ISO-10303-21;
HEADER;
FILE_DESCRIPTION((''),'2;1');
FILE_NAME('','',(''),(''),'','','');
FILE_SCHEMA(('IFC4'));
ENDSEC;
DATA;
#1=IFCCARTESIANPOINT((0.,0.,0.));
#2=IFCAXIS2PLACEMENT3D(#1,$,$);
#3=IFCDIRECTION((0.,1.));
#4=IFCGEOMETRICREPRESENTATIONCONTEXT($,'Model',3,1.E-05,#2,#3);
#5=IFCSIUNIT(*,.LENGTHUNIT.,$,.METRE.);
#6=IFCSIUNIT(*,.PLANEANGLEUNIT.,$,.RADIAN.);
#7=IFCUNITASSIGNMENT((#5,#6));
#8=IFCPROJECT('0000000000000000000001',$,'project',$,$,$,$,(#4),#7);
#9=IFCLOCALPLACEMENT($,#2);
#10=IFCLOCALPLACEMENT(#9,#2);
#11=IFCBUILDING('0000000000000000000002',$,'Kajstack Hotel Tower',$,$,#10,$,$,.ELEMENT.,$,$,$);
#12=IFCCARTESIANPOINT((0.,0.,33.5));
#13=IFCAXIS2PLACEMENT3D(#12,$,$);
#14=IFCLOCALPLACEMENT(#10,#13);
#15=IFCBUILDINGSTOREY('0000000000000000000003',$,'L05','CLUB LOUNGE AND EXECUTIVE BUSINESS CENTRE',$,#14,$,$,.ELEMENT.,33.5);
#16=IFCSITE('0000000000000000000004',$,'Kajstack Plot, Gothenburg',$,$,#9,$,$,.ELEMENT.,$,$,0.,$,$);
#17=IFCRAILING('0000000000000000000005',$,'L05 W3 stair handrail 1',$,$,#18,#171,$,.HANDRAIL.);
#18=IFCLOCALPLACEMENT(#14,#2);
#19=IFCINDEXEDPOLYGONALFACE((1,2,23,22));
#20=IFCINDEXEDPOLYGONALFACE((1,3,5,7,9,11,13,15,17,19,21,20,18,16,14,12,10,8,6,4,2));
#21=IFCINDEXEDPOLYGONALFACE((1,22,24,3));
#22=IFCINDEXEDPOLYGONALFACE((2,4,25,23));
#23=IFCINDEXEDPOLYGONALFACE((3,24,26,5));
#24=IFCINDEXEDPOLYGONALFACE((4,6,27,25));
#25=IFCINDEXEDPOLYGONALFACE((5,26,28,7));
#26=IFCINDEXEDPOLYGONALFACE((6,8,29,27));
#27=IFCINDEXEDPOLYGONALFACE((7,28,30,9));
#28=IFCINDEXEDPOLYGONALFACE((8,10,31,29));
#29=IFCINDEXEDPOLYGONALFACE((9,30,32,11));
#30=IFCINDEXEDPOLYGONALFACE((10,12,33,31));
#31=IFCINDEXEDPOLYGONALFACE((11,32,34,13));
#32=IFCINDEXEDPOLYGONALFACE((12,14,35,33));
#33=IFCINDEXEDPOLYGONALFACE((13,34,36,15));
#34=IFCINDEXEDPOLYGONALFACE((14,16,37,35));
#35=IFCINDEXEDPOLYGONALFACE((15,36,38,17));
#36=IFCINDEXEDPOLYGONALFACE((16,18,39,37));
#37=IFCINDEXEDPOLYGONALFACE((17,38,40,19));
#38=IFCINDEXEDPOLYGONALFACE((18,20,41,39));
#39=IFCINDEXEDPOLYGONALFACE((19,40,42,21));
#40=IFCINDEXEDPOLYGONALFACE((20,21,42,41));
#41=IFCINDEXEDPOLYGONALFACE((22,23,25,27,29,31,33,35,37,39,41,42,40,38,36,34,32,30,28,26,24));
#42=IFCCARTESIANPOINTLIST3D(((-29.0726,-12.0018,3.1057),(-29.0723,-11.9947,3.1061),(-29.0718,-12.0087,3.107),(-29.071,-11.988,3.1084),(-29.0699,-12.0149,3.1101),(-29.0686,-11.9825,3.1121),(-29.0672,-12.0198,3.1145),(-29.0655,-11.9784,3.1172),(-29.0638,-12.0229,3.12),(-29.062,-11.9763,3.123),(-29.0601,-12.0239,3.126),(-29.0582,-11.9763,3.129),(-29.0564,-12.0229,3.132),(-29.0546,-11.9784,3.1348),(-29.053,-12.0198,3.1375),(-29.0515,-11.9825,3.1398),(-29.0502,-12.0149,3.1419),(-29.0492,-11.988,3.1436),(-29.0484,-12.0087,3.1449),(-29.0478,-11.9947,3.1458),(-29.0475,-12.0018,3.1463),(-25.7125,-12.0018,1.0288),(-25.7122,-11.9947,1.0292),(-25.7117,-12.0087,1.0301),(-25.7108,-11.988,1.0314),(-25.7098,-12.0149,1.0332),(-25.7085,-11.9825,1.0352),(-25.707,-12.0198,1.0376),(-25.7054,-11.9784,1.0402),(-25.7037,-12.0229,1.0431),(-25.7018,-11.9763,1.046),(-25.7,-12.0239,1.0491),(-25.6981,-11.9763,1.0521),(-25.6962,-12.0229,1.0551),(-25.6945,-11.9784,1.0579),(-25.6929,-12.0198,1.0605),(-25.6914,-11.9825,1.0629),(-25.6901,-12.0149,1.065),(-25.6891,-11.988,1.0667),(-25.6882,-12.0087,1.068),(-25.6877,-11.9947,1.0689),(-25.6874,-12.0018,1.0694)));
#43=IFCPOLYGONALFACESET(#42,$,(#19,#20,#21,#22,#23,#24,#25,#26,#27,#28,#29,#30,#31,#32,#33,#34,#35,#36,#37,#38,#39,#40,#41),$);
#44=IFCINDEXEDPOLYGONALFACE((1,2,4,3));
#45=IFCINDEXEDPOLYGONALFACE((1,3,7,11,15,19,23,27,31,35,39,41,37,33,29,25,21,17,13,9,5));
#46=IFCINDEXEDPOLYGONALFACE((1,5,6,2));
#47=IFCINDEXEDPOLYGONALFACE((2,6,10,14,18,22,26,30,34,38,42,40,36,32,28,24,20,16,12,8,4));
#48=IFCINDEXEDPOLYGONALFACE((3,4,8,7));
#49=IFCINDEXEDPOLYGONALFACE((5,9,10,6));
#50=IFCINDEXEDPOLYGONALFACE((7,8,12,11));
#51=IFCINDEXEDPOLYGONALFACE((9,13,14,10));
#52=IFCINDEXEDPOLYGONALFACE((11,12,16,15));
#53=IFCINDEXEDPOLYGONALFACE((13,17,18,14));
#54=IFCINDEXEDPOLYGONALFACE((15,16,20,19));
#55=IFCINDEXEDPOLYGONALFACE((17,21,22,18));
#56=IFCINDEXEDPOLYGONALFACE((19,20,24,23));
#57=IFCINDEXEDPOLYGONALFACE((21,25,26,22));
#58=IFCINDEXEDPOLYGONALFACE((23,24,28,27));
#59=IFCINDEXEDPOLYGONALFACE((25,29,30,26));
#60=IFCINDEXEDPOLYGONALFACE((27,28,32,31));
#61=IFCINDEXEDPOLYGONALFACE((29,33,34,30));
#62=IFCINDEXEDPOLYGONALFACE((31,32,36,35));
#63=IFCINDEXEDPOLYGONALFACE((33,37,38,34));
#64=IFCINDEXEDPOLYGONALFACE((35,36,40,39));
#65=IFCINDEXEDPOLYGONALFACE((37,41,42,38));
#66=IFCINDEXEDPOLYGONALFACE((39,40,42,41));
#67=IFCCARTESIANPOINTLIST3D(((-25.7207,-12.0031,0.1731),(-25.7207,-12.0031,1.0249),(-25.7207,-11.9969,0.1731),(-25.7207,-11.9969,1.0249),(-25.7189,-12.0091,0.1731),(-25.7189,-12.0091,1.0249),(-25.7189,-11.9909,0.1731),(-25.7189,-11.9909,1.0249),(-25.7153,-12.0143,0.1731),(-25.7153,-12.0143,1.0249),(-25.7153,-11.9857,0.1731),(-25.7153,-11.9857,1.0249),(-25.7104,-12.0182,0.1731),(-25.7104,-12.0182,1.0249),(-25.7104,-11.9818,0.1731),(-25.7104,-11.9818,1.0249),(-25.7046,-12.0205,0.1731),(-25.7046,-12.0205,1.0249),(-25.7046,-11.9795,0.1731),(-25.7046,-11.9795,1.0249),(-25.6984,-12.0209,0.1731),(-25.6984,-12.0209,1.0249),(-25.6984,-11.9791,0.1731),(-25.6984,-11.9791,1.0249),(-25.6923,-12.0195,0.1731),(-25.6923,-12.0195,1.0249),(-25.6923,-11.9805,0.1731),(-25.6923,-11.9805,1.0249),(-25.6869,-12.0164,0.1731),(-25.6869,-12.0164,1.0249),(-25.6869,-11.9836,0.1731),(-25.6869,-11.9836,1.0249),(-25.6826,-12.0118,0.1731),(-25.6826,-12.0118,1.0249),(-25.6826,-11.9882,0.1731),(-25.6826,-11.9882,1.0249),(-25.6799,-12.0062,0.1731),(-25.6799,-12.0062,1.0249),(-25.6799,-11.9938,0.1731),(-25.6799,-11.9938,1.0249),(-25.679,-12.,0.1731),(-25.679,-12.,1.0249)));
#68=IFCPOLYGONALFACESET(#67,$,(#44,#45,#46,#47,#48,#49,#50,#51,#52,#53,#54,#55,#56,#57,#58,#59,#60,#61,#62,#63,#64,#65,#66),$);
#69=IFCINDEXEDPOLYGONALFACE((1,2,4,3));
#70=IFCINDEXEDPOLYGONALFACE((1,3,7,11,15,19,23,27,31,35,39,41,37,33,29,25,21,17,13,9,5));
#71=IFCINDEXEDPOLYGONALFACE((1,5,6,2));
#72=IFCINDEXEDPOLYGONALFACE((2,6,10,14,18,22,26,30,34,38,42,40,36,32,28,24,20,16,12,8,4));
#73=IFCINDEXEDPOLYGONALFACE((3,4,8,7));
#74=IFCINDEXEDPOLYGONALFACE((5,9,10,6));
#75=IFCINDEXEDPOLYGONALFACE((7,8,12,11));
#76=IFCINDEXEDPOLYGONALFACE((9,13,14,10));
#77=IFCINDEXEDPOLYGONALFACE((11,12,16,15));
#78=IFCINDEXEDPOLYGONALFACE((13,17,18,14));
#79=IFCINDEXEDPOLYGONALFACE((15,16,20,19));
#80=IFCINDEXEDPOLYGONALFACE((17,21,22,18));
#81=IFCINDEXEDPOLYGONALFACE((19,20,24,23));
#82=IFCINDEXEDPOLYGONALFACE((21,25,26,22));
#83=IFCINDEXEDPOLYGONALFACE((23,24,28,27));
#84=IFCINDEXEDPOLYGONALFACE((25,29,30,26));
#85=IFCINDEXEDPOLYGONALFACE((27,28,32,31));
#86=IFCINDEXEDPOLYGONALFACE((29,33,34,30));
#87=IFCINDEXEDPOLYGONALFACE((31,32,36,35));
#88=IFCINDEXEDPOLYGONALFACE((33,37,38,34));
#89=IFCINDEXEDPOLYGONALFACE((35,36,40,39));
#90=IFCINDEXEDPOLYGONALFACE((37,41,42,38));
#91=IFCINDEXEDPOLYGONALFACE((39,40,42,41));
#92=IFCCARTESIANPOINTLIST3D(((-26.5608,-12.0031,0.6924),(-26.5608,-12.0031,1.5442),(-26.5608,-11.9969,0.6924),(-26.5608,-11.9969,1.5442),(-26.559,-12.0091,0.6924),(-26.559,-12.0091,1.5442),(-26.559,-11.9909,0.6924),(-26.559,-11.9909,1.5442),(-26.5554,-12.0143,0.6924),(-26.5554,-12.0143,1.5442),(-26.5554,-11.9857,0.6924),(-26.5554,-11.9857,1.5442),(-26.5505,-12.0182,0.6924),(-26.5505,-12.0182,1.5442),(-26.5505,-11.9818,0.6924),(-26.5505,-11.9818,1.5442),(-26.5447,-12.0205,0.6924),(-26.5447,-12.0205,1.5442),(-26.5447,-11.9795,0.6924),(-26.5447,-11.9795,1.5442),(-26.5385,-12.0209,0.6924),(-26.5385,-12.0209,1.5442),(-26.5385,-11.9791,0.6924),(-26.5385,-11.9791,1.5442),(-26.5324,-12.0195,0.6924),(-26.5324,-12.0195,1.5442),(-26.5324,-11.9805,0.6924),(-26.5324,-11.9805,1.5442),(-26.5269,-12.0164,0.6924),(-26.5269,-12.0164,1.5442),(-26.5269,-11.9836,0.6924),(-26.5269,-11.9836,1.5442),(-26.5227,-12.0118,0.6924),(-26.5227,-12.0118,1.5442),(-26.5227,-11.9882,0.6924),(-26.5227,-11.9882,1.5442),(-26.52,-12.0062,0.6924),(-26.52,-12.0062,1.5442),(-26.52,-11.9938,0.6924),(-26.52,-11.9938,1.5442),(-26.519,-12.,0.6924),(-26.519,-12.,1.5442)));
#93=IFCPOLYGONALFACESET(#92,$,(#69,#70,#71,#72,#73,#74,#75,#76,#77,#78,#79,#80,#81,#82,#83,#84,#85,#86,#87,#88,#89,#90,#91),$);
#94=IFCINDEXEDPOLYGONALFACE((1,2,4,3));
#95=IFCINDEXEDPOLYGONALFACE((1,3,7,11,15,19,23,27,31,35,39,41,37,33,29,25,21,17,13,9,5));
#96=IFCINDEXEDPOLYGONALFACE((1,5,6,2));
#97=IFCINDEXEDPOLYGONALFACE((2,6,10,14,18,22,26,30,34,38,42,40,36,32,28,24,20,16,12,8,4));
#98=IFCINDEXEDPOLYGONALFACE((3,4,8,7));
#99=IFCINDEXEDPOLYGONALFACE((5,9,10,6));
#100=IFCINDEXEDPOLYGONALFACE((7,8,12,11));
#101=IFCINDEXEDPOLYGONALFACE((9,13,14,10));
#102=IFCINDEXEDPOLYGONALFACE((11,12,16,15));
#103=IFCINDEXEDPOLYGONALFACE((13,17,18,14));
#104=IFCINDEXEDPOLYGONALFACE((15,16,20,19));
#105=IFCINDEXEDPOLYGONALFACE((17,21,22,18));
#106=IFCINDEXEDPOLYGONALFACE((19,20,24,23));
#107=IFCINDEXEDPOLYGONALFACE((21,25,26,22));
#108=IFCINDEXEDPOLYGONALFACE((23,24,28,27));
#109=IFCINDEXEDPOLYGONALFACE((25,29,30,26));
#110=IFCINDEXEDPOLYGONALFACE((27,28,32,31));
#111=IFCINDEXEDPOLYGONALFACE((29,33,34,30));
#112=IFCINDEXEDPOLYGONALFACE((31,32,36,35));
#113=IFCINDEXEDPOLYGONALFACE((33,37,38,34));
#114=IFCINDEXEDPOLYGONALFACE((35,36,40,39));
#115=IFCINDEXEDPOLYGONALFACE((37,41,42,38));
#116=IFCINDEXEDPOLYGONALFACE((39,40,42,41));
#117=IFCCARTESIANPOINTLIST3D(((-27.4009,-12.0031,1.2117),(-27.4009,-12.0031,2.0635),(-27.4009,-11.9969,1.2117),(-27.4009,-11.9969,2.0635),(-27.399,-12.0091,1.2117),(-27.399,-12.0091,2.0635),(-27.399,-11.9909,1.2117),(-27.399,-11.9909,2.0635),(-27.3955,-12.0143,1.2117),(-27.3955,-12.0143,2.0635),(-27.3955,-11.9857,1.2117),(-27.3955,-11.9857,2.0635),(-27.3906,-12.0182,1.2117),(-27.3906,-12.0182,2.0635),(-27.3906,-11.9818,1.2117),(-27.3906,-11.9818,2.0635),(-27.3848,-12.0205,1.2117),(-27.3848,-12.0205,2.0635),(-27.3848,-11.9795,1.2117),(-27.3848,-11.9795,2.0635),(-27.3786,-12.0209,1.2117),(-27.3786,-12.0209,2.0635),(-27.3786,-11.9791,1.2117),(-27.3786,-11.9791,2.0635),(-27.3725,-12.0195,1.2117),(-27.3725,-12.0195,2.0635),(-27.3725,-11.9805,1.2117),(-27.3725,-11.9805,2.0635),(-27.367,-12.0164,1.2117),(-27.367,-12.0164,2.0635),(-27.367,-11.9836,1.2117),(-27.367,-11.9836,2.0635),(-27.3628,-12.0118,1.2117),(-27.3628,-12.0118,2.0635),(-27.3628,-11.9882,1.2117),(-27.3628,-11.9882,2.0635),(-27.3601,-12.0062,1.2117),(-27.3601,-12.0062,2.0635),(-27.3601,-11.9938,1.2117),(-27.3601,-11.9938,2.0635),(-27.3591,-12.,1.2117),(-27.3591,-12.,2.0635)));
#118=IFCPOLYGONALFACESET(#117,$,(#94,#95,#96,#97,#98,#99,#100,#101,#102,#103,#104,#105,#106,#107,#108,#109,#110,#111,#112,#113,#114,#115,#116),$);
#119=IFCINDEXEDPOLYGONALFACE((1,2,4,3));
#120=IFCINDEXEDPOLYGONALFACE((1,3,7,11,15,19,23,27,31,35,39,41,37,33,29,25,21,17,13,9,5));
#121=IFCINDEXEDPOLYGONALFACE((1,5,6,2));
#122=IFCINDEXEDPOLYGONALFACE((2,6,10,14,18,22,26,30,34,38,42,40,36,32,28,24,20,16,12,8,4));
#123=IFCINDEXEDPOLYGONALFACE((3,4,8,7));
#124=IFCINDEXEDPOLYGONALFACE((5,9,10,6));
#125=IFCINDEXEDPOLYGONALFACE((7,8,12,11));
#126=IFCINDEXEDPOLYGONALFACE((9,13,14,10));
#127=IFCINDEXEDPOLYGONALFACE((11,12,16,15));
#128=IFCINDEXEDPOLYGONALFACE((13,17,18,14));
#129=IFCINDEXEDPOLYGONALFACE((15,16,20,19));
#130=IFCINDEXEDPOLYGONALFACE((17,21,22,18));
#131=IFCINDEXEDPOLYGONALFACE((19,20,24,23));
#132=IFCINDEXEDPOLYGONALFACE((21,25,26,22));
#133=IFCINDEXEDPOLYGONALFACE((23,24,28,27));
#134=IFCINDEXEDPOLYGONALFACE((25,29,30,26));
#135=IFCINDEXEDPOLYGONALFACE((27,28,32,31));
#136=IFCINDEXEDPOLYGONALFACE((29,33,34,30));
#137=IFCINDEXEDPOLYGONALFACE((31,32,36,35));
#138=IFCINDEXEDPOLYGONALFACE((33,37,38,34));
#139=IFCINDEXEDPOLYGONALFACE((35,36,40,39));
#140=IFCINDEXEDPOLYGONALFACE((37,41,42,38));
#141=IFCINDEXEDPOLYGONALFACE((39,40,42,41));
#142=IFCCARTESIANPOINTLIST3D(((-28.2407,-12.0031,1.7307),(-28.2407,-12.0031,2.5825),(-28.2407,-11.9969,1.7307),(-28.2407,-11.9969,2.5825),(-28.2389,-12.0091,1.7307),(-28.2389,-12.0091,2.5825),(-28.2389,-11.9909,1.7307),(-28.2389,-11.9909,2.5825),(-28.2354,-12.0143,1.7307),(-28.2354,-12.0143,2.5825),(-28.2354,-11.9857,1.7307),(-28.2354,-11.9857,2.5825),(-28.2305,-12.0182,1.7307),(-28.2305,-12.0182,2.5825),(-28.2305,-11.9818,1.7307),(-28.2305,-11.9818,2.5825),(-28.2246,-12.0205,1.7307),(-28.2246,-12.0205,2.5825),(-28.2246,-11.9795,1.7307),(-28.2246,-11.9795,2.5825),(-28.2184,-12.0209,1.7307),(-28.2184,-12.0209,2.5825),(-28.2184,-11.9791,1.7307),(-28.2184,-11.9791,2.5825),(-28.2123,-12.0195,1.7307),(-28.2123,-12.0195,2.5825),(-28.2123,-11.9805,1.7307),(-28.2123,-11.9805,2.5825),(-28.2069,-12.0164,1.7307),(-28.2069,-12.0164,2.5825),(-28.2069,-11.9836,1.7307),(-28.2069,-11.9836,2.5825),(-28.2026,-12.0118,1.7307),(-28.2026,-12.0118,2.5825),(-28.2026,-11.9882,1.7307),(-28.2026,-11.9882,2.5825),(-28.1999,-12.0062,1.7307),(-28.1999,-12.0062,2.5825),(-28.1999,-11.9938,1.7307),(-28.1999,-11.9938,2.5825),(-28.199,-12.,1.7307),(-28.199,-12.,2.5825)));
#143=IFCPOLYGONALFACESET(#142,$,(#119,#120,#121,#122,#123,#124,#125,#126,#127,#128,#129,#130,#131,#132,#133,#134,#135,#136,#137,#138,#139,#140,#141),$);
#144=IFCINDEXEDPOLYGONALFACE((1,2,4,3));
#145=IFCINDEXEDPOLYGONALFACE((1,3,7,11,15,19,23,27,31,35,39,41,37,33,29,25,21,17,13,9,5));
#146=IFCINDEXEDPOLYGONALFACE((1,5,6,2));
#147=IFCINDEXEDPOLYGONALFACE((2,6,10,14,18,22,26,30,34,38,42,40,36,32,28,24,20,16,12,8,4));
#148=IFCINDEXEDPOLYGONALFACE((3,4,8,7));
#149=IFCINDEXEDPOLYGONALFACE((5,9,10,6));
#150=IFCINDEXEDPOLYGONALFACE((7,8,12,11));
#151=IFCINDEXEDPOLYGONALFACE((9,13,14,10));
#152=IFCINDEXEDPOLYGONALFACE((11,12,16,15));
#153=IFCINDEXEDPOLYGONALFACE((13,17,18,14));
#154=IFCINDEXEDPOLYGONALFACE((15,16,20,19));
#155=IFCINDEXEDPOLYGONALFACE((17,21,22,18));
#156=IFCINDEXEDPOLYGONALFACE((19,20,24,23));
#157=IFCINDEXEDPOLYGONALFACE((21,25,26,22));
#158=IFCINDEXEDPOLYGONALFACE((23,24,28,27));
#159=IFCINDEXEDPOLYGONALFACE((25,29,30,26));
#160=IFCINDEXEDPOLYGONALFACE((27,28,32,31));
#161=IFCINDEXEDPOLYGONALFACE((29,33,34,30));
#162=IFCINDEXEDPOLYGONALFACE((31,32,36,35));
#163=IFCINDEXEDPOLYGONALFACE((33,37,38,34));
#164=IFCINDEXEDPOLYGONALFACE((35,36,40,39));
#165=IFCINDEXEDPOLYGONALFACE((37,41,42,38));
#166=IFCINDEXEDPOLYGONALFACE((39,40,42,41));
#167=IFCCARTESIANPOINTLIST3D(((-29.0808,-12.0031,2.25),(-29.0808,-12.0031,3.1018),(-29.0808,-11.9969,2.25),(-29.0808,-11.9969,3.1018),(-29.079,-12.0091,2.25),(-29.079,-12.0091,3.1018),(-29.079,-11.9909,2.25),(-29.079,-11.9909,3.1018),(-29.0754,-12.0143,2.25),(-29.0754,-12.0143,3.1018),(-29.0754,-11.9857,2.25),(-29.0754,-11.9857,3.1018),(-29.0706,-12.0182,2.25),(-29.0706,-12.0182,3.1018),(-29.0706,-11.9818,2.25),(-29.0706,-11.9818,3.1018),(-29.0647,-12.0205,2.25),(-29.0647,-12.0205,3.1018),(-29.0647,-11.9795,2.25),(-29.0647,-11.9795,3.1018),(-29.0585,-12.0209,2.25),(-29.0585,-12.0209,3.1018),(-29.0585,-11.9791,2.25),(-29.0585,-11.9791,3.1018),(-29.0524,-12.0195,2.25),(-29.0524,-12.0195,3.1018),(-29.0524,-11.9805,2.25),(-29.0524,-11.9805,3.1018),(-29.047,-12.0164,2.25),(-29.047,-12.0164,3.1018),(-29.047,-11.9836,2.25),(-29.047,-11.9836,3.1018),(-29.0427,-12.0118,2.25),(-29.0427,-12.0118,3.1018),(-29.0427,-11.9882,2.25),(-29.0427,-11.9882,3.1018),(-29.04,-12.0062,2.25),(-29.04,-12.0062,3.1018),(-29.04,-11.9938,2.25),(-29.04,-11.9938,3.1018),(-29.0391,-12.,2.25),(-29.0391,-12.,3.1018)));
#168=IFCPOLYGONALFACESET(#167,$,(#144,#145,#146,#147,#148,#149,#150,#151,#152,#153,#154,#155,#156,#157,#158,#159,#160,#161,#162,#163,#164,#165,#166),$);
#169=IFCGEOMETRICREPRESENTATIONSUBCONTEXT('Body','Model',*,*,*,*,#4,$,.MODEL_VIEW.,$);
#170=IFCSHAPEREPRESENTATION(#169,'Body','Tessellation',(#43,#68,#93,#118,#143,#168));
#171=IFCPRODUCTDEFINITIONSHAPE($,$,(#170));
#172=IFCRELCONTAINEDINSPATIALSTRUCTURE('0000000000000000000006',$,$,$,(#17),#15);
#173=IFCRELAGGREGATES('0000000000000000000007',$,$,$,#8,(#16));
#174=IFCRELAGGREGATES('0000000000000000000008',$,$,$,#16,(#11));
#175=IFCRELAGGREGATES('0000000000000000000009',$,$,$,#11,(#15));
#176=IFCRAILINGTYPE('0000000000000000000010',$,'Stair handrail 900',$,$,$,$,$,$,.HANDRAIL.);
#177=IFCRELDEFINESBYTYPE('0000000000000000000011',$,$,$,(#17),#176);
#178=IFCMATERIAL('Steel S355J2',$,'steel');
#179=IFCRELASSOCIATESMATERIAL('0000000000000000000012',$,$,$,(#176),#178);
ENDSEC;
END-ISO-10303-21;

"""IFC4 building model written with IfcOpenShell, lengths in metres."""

from ifc_helpers import new_model, si_unit, direction, frame, origin, origin_2d, place, context, subcontext, project, spatial, circle, extrude, material, type_object, element, save


model = new_model("IFC4")

# Units and contexts
model_context = context("Model", 3, precision=1e-05, world=origin(), true_north=direction((0.0, 1.0)))
body_context = subcontext(model_context, "Body", "Model", "MODEL_VIEW")
ifc_project = project(units=[si_unit("LENGTHUNIT", "METRE"), si_unit("PLANEANGLEUNIT", "RADIAN")], contexts=[model_context])

# Site, building, storey
site_placement = place(None, origin())
site = spatial("IfcSite", under=ifc_project, at=site_placement, Name="Kajstack Plot, Gothenburg", CompositionType="ELEMENT", RefElevation=0.0)
building_placement = place(site_placement, origin())
building = spatial("IfcBuilding", under=site, at=building_placement, Name="Kajstack Hotel Tower", CompositionType="ELEMENT")
storey_placement = place(building_placement, frame((0.0, 0.0, 33.5)))
storey = spatial("IfcBuildingStorey", under=building, at=storey_placement, Name="L05", Description="CLUB LOUNGE AND EXECUTIVE BUSINESS CENTRE", CompositionType="ELEMENT", Elevation=33.5)

# Railing
ifc_material_1 = material(Name="Steel S355J2", Category="steel")
railing_type_1 = type_object("IfcRailingType", Name="Stair handrail 900", PredefinedType="HANDRAIL", material=ifc_material_1)
railing_1_placement = place(storey_placement, frame((-25.7, -12.0, 0.1731)))
element("IfcRailing", 1, at=railing_1_placement, inside=storey, type_object=railing_type_1, Name="L05 W3 stair handrail 1", PredefinedType="HANDRAIL", context=body_context, shape_type="SweptSolid", body=[
    extrude(circle(Radius=0.0239, at=origin_2d()), frame((0.0, 0.0, 0.876), z_axis=(-0.850623, 0.0, 0.525776), x_axis=(0.0, -1.0, 0.0)), (0.0, 0.0, 1.0), 3.9502),
    extrude(circle(Radius=0.021, at=origin_2d()), origin(), (0.0, 0.0, 1.0), 0.8518),
    extrude(circle(Radius=0.021, at=origin_2d()), frame((-0.8401, 0.0, 0.5193)), (0.0, 0.0, 1.0), 0.8518),
    extrude(circle(Radius=0.021, at=origin_2d()), frame((-1.6802, 0.0, 1.0386)), (0.0, 0.0, 1.0), 0.8518),
    extrude(circle(Radius=0.021, at=origin_2d()), frame((-2.52, 0.0, 1.5576)), (0.0, 0.0, 1.0), 0.8518),
    extrude(circle(Radius=0.021, at=origin_2d()), frame((-3.3601, 0.0, 2.0769)), (0.0, 0.0, 1.0), 0.8518),
])

save(model, "model.ifc")
